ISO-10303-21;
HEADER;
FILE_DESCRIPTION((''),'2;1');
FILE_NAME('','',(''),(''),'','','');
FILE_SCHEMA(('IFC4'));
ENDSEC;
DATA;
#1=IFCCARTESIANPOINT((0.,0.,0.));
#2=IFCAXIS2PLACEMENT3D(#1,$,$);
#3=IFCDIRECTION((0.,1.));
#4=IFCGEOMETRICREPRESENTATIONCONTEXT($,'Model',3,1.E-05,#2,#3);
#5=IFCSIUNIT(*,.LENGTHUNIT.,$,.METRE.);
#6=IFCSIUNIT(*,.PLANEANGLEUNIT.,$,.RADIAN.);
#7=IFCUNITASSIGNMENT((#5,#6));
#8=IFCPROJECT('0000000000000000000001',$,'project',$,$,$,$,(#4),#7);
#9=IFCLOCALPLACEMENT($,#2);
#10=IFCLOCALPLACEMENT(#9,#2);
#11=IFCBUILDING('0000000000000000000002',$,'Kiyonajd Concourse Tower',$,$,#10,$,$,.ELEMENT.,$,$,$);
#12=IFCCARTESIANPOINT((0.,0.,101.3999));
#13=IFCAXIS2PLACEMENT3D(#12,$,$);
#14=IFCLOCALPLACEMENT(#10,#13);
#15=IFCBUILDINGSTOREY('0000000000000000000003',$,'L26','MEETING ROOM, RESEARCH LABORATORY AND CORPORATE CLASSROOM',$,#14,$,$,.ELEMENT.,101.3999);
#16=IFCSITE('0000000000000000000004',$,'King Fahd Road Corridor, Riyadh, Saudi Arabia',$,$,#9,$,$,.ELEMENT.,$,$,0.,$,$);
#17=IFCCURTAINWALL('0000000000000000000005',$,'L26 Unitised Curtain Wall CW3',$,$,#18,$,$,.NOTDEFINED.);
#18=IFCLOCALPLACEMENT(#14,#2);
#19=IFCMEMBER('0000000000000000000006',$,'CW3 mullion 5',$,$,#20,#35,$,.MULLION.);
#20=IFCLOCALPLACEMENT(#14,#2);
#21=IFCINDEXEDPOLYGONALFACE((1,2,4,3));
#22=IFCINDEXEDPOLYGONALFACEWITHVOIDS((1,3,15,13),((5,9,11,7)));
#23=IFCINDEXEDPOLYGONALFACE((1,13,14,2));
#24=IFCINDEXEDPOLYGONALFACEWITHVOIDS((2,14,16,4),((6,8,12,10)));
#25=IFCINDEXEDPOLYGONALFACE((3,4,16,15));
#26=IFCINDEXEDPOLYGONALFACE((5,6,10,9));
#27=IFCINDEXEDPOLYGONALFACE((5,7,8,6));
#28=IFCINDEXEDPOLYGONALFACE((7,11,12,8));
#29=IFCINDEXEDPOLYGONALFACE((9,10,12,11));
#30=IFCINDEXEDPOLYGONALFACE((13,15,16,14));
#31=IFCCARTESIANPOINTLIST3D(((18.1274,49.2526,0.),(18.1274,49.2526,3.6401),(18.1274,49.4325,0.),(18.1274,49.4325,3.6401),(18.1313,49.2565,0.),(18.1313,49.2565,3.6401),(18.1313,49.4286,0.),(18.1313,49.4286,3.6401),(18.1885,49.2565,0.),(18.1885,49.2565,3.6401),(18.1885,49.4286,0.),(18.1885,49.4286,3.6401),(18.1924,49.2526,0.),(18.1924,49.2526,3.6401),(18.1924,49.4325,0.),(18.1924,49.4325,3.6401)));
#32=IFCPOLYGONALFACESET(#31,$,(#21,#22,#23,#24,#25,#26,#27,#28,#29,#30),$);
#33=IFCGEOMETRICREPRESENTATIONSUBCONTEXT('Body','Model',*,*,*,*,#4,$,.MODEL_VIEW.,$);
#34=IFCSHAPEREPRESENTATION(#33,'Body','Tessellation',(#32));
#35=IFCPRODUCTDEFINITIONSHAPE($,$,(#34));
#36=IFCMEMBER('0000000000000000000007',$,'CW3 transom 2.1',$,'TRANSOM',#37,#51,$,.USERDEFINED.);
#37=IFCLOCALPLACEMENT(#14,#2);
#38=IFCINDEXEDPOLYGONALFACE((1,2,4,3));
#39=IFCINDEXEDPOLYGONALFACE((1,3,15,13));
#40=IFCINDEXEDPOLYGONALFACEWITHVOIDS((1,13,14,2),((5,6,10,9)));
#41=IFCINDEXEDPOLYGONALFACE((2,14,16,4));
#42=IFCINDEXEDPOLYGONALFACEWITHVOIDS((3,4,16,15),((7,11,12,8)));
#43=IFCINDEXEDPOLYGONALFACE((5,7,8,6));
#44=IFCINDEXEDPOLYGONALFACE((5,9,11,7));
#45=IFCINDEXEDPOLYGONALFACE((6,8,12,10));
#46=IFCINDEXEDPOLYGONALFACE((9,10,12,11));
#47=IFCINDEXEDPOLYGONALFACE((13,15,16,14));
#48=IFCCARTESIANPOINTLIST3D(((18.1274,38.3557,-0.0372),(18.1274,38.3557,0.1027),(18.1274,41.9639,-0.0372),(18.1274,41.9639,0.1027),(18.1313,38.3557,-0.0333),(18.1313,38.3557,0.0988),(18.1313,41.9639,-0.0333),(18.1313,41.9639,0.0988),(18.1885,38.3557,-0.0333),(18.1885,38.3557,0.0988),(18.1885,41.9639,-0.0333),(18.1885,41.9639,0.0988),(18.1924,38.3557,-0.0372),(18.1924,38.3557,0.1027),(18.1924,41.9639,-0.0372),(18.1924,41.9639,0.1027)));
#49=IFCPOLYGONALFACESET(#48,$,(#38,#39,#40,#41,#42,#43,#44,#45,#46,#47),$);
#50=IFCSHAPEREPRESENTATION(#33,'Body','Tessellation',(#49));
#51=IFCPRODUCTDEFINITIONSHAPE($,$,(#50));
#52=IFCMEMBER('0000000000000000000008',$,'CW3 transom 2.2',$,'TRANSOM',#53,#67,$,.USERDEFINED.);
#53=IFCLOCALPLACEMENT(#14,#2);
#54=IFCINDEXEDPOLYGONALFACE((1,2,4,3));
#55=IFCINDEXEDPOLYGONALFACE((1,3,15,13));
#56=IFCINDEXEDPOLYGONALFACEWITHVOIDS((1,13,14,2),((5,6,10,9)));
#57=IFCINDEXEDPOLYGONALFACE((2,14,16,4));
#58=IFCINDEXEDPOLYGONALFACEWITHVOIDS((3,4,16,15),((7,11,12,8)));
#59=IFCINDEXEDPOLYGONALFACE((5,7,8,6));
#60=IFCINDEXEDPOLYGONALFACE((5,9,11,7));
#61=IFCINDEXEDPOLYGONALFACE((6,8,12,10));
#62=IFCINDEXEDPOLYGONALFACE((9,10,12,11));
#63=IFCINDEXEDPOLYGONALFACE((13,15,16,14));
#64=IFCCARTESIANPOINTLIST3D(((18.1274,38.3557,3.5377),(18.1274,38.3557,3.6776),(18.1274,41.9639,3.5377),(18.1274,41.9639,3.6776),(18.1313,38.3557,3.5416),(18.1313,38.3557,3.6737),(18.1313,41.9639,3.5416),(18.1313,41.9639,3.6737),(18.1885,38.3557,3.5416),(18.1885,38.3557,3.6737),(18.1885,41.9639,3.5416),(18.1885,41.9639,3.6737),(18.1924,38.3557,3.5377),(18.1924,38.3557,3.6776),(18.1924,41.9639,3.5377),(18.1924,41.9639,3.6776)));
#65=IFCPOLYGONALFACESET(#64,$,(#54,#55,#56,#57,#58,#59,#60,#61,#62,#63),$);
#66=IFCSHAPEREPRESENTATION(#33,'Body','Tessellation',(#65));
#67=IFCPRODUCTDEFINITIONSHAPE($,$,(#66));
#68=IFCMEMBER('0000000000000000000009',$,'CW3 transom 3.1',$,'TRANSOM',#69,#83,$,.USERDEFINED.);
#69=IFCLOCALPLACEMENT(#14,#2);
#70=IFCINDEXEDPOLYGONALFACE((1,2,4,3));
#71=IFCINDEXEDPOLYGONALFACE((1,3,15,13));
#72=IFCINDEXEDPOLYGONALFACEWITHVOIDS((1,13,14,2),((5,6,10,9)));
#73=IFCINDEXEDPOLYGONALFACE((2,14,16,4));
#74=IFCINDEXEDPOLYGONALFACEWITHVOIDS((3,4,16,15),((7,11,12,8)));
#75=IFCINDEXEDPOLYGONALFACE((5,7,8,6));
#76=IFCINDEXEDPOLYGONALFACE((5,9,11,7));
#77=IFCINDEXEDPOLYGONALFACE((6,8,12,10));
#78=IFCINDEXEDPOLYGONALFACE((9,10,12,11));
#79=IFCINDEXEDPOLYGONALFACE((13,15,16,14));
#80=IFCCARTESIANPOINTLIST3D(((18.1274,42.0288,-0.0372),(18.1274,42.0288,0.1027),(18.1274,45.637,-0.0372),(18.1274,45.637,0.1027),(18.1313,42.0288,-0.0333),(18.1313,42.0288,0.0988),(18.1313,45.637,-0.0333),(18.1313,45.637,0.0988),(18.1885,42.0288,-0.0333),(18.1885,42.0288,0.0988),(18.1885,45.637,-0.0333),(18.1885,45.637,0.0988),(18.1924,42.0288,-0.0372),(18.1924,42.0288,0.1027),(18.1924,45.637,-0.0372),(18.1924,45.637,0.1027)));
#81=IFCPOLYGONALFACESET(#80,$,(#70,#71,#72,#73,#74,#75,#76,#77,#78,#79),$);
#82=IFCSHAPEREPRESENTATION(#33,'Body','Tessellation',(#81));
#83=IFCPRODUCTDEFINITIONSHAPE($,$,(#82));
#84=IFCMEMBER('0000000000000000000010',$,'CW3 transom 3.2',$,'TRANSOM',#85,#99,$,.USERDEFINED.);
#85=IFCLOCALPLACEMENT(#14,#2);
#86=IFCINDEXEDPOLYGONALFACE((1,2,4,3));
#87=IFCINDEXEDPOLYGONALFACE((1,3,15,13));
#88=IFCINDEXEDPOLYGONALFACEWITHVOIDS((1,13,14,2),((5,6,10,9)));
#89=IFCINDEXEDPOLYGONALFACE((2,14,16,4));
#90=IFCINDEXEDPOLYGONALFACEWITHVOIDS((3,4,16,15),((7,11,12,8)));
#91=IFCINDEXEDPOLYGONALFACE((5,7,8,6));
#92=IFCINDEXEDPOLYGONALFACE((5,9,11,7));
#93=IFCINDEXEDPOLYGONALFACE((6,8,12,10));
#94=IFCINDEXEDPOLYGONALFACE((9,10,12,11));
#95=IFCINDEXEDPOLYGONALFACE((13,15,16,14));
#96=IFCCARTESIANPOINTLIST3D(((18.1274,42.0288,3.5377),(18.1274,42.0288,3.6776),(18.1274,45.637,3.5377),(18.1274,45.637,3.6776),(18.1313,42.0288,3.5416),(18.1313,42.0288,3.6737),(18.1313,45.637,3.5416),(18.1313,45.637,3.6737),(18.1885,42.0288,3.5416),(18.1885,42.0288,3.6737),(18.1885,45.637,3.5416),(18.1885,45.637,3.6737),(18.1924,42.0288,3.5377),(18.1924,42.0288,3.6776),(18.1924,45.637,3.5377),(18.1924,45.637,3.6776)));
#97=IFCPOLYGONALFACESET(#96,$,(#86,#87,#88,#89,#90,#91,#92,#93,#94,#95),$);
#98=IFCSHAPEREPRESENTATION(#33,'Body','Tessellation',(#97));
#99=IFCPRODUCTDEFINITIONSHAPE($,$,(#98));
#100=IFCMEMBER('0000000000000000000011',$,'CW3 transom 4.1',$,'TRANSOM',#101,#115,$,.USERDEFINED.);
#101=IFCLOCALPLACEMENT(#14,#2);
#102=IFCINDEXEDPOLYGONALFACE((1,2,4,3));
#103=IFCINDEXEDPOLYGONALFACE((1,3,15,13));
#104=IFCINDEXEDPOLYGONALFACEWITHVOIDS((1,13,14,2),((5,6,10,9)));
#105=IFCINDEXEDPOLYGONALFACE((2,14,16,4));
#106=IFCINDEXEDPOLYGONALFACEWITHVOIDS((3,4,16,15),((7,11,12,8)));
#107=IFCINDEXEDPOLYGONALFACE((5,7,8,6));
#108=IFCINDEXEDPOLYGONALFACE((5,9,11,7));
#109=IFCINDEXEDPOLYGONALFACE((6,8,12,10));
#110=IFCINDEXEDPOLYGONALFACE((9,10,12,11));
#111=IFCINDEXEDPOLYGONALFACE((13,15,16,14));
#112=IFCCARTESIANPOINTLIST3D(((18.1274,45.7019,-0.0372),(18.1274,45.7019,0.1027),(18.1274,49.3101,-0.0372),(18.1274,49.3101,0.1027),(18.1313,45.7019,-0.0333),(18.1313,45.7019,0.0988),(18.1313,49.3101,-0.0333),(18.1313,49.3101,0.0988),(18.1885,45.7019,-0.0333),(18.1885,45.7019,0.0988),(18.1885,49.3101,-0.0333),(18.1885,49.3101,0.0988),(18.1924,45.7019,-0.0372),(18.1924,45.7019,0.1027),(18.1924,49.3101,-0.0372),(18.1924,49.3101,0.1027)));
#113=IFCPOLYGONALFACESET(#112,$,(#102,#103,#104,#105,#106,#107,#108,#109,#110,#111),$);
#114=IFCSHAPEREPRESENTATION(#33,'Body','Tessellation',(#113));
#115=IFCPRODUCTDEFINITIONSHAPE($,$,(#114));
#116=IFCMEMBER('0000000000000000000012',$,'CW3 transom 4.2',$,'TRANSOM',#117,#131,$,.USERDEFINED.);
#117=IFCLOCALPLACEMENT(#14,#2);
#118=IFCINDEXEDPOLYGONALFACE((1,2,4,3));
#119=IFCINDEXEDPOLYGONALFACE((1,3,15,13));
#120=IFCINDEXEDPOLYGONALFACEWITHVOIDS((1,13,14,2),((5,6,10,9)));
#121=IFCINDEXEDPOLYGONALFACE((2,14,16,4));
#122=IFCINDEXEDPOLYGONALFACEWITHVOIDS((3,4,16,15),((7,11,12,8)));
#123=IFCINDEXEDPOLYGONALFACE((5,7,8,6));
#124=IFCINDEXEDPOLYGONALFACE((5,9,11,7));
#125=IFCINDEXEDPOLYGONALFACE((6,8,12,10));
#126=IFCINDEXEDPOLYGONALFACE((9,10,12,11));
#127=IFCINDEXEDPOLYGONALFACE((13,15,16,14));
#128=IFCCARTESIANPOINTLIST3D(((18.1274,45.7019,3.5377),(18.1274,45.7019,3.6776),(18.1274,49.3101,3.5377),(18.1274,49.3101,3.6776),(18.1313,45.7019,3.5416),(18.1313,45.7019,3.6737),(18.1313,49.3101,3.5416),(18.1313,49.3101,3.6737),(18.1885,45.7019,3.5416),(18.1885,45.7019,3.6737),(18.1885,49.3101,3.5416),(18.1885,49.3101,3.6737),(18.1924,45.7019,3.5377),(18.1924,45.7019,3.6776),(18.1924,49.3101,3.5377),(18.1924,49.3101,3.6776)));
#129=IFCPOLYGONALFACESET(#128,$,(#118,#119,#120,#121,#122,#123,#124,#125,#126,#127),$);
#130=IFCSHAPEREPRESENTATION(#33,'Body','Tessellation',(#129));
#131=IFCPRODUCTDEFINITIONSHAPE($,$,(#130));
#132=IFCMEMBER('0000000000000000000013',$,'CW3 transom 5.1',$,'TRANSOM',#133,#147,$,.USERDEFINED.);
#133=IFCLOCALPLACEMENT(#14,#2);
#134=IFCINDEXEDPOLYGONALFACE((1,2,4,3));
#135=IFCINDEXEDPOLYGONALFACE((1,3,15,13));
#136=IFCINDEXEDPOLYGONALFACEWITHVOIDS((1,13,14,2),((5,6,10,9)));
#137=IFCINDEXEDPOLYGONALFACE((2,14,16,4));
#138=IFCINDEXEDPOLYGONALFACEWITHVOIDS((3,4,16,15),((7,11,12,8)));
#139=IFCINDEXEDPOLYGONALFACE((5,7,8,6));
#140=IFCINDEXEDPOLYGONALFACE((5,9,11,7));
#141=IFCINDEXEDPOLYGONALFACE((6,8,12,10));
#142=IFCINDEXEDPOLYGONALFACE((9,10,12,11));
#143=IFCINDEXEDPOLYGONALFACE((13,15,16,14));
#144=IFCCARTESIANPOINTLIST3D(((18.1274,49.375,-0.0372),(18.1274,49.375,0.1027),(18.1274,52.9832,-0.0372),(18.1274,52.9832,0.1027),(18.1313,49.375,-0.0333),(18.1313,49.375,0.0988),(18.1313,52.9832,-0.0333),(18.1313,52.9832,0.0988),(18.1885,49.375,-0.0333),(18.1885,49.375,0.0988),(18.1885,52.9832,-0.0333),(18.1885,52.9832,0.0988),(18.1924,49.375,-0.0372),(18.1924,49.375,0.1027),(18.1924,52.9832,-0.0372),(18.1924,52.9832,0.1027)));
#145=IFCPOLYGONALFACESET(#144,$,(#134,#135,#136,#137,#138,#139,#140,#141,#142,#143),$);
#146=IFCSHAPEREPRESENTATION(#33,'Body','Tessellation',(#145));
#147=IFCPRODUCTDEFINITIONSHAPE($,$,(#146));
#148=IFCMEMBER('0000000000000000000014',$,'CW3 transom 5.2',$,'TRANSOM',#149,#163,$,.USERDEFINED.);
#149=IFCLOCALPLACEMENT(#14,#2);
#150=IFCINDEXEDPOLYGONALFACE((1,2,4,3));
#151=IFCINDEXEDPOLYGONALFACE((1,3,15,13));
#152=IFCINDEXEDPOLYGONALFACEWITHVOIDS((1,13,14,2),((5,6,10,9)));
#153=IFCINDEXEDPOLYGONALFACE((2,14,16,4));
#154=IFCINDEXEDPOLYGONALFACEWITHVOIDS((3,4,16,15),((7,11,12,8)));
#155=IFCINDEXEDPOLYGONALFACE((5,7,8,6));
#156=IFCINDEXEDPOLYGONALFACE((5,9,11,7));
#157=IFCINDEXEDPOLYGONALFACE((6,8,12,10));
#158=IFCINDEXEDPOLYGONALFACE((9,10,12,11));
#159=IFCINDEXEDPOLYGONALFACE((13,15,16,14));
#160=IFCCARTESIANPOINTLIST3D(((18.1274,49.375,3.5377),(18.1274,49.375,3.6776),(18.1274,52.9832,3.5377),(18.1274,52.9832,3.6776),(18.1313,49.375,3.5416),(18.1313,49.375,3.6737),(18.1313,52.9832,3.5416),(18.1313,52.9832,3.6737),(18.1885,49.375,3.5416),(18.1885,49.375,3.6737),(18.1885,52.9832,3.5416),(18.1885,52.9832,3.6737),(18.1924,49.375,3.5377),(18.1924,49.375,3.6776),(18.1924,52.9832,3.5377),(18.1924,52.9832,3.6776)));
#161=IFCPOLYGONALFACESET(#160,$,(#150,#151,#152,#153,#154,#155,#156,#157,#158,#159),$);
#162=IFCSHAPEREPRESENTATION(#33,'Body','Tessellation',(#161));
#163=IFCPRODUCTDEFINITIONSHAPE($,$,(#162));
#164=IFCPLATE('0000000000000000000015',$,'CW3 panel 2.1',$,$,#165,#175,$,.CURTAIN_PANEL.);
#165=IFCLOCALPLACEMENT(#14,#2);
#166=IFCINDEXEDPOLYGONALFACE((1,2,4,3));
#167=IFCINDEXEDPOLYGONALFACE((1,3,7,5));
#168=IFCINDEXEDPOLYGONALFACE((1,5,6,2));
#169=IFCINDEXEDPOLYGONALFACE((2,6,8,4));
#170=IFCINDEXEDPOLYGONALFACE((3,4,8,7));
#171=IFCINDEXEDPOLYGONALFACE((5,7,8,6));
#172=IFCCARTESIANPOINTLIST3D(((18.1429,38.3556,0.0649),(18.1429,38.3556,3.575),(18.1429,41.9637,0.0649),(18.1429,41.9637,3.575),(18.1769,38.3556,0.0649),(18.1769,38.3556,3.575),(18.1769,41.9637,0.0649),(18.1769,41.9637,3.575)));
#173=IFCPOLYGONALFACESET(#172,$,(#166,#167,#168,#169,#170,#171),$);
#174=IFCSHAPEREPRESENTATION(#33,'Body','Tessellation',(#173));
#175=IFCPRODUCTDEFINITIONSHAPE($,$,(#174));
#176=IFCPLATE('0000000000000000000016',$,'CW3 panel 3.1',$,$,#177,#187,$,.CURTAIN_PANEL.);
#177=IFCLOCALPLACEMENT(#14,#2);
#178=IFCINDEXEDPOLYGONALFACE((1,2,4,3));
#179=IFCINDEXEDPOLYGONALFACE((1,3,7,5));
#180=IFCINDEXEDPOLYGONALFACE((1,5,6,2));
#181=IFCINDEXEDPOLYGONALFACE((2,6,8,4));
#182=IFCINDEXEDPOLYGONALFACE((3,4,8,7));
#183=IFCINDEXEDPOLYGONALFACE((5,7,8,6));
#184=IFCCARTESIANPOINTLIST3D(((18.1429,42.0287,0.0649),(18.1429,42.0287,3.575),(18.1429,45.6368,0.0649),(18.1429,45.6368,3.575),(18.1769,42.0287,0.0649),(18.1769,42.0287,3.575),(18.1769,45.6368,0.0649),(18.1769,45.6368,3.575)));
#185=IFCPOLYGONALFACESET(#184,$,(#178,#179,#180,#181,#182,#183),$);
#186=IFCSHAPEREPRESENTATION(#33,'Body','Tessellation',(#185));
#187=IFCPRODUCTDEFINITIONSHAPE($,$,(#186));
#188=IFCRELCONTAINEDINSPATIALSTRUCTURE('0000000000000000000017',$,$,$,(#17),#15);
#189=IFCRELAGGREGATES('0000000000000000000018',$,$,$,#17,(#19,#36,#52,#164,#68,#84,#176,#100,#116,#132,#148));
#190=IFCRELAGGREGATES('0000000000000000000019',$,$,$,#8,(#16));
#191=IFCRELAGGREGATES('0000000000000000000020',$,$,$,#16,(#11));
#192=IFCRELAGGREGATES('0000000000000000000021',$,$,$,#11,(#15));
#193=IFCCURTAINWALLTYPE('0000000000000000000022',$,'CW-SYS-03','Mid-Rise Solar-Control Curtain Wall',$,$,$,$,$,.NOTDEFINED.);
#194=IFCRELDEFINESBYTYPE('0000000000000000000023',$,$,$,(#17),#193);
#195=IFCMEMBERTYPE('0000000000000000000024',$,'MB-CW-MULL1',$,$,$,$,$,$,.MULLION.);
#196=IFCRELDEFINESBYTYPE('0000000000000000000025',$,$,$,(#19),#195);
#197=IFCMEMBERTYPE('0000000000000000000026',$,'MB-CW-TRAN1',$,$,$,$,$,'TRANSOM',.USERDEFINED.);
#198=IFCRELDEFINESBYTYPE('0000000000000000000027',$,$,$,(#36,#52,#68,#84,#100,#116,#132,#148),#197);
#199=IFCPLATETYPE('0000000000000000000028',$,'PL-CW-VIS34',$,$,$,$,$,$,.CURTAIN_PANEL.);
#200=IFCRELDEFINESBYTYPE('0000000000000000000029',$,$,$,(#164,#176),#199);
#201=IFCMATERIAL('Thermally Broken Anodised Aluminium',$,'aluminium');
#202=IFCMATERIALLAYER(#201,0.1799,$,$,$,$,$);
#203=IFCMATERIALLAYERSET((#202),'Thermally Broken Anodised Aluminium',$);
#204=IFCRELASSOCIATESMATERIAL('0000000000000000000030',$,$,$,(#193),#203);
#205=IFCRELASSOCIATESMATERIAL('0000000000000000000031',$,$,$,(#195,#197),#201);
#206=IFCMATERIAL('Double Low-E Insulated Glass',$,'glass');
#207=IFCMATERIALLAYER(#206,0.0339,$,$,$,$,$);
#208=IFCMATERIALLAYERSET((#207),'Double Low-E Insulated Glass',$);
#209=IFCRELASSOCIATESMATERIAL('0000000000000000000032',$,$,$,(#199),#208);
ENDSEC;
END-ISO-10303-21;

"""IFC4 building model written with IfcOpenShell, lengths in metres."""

from ifc_helpers import new_model, si_unit, direction, frame, origin, origin_2d, place, context, subcontext, project, spatial, rectangle, hollow_rectangle, extrude, material, layer, layer_set, material_profile, profile_set, type_object, element, aggregate, save


model = new_model("IFC4")

# Units and contexts
model_context = context("Model", 3, precision=1e-05, world=origin(), true_north=direction((0.0, 1.0)))
body_context = subcontext(model_context, "Body", "Model", "MODEL_VIEW")
ifc_project = project(units=[si_unit("LENGTHUNIT", "METRE"), si_unit("PLANEANGLEUNIT", "RADIAN")], contexts=[model_context])

# Site, building, storey
site_placement = place(None, origin())
site = spatial("IfcSite", under=ifc_project, at=site_placement, Name="King Fahd Road Corridor, Riyadh, Saudi Arabia", CompositionType="ELEMENT", RefElevation=0.0)
building_placement = place(site_placement, origin())
building = spatial("IfcBuilding", under=site, at=building_placement, Name="Kiyonajd Concourse Tower", CompositionType="ELEMENT")
storey_placement = place(building_placement, frame((0.0, 0.0, 101.3999)))
storey = spatial("IfcBuildingStorey", under=building, at=storey_placement, Name="L26", Description="MEETING ROOM, RESEARCH LABORATORY AND CORPORATE CLASSROOM", CompositionType="ELEMENT", Elevation=101.3999)

# Curtain wall, members, plates
ifc_material_1 = material(Name="Thermally Broken Anodised Aluminium", Category="aluminium")
ifc_layer_1 = layer(ifc_material_1, 0.1799)
ifc_layer_set_1 = layer_set([ifc_layer_1], Name="Thermally Broken Anodised Aluminium")
curtain_wall_type = type_object("IfcCurtainWallType", Name="CW-SYS-03", Description="Mid-Rise Solar-Control Curtain Wall", PredefinedType="NOTDEFINED", material=ifc_layer_set_1)
curtain_wall_placement = place(storey_placement, origin())
curtain_wall = element("IfcCurtainWall", 1, at=curtain_wall_placement, inside=storey, type_object=curtain_wall_type, Name="L26 Unitised Curtain Wall CW3", PredefinedType="NOTDEFINED")
ifc_material_profile_1 = material_profile(ifc_material_1, hollow_rectangle(XDim=0.0649, YDim=0.1799, WallThickness=0.0039, at=origin_2d()), Name="MULL-65x180")
ifc_profile_set_1 = profile_set([ifc_material_profile_1], Name="Thermally Broken Anodised Aluminium")
member_type_1 = type_object("IfcMemberType", Name="MB-CW-MULL1", PredefinedType="MULLION", material=ifc_profile_set_1)
member_1_placement = place(storey_placement, frame((18.1599, 49.3425, 0.0), z_axis=(0.0, 0.0, 1.0), x_axis=(-1.0, 0.0, 0.0)))
member_1 = element("IfcMember", 2, at=member_1_placement, type_object=member_type_1, Name="CW3 mullion 5", PredefinedType="MULLION", context=body_context, shape_type="SweptSolid", body=[
    extrude(hollow_rectangle(XDim=0.0649, YDim=0.1799, WallThickness=0.0039, at=origin_2d()), origin(), (0.0, 0.0, 1.0), 3.6401),
])
ifc_material_profile_2 = material_profile(ifc_material_1, hollow_rectangle(XDim=0.0649, YDim=0.1399, WallThickness=0.0039, at=origin_2d()), Name="TRAN-65x140")
ifc_profile_set_2 = profile_set([ifc_material_profile_2], Name="Thermally Broken Anodised Aluminium")
member_type_2 = type_object("IfcMemberType", Name="MB-CW-TRAN1", ElementType="TRANSOM", PredefinedType="USERDEFINED", material=ifc_profile_set_2)
member_2_placement = place(storey_placement, frame((18.1599, 38.3557, 0.0327), z_axis=(0.0, 1.0, 0.0), x_axis=(-1.0, 0.0, 0.0)))
member_2 = element("IfcMember", 3, at=member_2_placement, type_object=member_type_2, Name="CW3 transom 2.1", ObjectType="TRANSOM", PredefinedType="USERDEFINED", context=body_context, shape_type="SweptSolid", body=[
    extrude(hollow_rectangle(XDim=0.0649, YDim=0.1399, WallThickness=0.0039, at=origin_2d()), origin(), (0.0, 0.0, 1.0), 3.6082),
])
member_3_placement = place(storey_placement, frame((18.1599, 38.3557, 3.6077), z_axis=(0.0, 1.0, 0.0), x_axis=(-1.0, 0.0, 0.0)))
member_3 = element("IfcMember", 4, at=member_3_placement, type_object=member_type_2, Name="CW3 transom 2.2", ObjectType="TRANSOM", PredefinedType="USERDEFINED", context=body_context, shape_type="SweptSolid", body=[
    extrude(hollow_rectangle(XDim=0.0649, YDim=0.1399, WallThickness=0.0039, at=origin_2d()), origin(), (0.0, 0.0, 1.0), 3.6082),
])
member_4_placement = place(storey_placement, frame((18.1599, 42.0288, 0.0327), z_axis=(0.0, 1.0, 0.0), x_axis=(-1.0, 0.0, 0.0)))
member_4 = element("IfcMember", 5, at=member_4_placement, type_object=member_type_2, Name="CW3 transom 3.1", ObjectType="TRANSOM", PredefinedType="USERDEFINED", context=body_context, shape_type="SweptSolid", body=[
    extrude(hollow_rectangle(XDim=0.0649, YDim=0.1399, WallThickness=0.0039, at=origin_2d()), origin(), (0.0, 0.0, 1.0), 3.6082),
])
member_5_placement = place(storey_placement, frame((18.1599, 42.0288, 3.6077), z_axis=(0.0, 1.0, 0.0), x_axis=(-1.0, 0.0, 0.0)))
member_5 = element("IfcMember", 6, at=member_5_placement, type_object=member_type_2, Name="CW3 transom 3.2", ObjectType="TRANSOM", PredefinedType="USERDEFINED", context=body_context, shape_type="SweptSolid", body=[
    extrude(hollow_rectangle(XDim=0.0649, YDim=0.1399, WallThickness=0.0039, at=origin_2d()), origin(), (0.0, 0.0, 1.0), 3.6082),
])
member_6_placement = place(storey_placement, frame((18.1599, 45.7019, 0.0327), z_axis=(0.0, 1.0, 0.0), x_axis=(-1.0, 0.0, 0.0)))
member_6 = element("IfcMember", 7, at=member_6_placement, type_object=member_type_2, Name="CW3 transom 4.1", ObjectType="TRANSOM", PredefinedType="USERDEFINED", context=body_context, shape_type="SweptSolid", body=[
    extrude(hollow_rectangle(XDim=0.0649, YDim=0.1399, WallThickness=0.0039, at=origin_2d()), origin(), (0.0, 0.0, 1.0), 3.6082),
])
member_7_placement = place(storey_placement, frame((18.1599, 45.7019, 3.6077), z_axis=(0.0, 1.0, 0.0), x_axis=(-1.0, 0.0, 0.0)))
member_7 = element("IfcMember", 8, at=member_7_placement, type_object=member_type_2, Name="CW3 transom 4.2", ObjectType="TRANSOM", PredefinedType="USERDEFINED", context=body_context, shape_type="SweptSolid", body=[
    extrude(hollow_rectangle(XDim=0.0649, YDim=0.1399, WallThickness=0.0039, at=origin_2d()), origin(), (0.0, 0.0, 1.0), 3.6082),
])
member_8_placement = place(storey_placement, frame((18.1599, 49.375, 0.0327), z_axis=(0.0, 1.0, 0.0), x_axis=(-1.0, 0.0, 0.0)))
member_8 = element("IfcMember", 9, at=member_8_placement, type_object=member_type_2, Name="CW3 transom 5.1", ObjectType="TRANSOM", PredefinedType="USERDEFINED", context=body_context, shape_type="SweptSolid", body=[
    extrude(hollow_rectangle(XDim=0.0649, YDim=0.1399, WallThickness=0.0039, at=origin_2d()), origin(), (0.0, 0.0, 1.0), 3.6082),
])
member_9_placement = place(storey_placement, frame((18.1599, 49.375, 3.6077), z_axis=(0.0, 1.0, 0.0), x_axis=(-1.0, 0.0, 0.0)))
member_9 = element("IfcMember", 10, at=member_9_placement, type_object=member_type_2, Name="CW3 transom 5.2", ObjectType="TRANSOM", PredefinedType="USERDEFINED", context=body_context, shape_type="SweptSolid", body=[
    extrude(hollow_rectangle(XDim=0.0649, YDim=0.1399, WallThickness=0.0039, at=origin_2d()), origin(), (0.0, 0.0, 1.0), 3.6082),
])
ifc_material_2 = material(Name="Double Low-E Insulated Glass", Category="glass")
ifc_layer_2 = layer(ifc_material_2, 0.0339)
ifc_layer_set_2 = layer_set([ifc_layer_2], Name="Double Low-E Insulated Glass")
plate_type = type_object("IfcPlateType", Name="PL-CW-VIS34", PredefinedType="CURTAIN_PANEL", material=ifc_layer_set_2)
plate_1_placement = place(storey_placement, frame((18.1599, 40.1597, 0.0649), z_axis=(0.0, 0.0, 1.0), x_axis=(0.0, 1.0, 0.0)))
plate_1 = element("IfcPlate", 11, at=plate_1_placement, type_object=plate_type, Name="CW3 panel 2.1", PredefinedType="CURTAIN_PANEL", context=body_context, shape_type="SweptSolid", body=[
    extrude(rectangle(XDim=3.6082, YDim=0.0339, at=origin_2d()), origin(), (0.0, 0.0, 1.0), 3.51),
])
plate_2_placement = place(storey_placement, frame((18.1599, 43.8328, 0.0649), z_axis=(0.0, 0.0, 1.0), x_axis=(0.0, 1.0, 0.0)))
plate_2 = element("IfcPlate", 12, at=plate_2_placement, type_object=plate_type, Name="CW3 panel 3.1", PredefinedType="CURTAIN_PANEL", context=body_context, shape_type="SweptSolid", body=[
    extrude(rectangle(XDim=3.6082, YDim=0.0339, at=origin_2d()), origin(), (0.0, 0.0, 1.0), 3.51),
])
aggregate(curtain_wall, [member_1, member_2, member_3, plate_1, member_4, member_5, plate_2, member_6, member_7, member_8, member_9])

save(model, "model.ifc")
